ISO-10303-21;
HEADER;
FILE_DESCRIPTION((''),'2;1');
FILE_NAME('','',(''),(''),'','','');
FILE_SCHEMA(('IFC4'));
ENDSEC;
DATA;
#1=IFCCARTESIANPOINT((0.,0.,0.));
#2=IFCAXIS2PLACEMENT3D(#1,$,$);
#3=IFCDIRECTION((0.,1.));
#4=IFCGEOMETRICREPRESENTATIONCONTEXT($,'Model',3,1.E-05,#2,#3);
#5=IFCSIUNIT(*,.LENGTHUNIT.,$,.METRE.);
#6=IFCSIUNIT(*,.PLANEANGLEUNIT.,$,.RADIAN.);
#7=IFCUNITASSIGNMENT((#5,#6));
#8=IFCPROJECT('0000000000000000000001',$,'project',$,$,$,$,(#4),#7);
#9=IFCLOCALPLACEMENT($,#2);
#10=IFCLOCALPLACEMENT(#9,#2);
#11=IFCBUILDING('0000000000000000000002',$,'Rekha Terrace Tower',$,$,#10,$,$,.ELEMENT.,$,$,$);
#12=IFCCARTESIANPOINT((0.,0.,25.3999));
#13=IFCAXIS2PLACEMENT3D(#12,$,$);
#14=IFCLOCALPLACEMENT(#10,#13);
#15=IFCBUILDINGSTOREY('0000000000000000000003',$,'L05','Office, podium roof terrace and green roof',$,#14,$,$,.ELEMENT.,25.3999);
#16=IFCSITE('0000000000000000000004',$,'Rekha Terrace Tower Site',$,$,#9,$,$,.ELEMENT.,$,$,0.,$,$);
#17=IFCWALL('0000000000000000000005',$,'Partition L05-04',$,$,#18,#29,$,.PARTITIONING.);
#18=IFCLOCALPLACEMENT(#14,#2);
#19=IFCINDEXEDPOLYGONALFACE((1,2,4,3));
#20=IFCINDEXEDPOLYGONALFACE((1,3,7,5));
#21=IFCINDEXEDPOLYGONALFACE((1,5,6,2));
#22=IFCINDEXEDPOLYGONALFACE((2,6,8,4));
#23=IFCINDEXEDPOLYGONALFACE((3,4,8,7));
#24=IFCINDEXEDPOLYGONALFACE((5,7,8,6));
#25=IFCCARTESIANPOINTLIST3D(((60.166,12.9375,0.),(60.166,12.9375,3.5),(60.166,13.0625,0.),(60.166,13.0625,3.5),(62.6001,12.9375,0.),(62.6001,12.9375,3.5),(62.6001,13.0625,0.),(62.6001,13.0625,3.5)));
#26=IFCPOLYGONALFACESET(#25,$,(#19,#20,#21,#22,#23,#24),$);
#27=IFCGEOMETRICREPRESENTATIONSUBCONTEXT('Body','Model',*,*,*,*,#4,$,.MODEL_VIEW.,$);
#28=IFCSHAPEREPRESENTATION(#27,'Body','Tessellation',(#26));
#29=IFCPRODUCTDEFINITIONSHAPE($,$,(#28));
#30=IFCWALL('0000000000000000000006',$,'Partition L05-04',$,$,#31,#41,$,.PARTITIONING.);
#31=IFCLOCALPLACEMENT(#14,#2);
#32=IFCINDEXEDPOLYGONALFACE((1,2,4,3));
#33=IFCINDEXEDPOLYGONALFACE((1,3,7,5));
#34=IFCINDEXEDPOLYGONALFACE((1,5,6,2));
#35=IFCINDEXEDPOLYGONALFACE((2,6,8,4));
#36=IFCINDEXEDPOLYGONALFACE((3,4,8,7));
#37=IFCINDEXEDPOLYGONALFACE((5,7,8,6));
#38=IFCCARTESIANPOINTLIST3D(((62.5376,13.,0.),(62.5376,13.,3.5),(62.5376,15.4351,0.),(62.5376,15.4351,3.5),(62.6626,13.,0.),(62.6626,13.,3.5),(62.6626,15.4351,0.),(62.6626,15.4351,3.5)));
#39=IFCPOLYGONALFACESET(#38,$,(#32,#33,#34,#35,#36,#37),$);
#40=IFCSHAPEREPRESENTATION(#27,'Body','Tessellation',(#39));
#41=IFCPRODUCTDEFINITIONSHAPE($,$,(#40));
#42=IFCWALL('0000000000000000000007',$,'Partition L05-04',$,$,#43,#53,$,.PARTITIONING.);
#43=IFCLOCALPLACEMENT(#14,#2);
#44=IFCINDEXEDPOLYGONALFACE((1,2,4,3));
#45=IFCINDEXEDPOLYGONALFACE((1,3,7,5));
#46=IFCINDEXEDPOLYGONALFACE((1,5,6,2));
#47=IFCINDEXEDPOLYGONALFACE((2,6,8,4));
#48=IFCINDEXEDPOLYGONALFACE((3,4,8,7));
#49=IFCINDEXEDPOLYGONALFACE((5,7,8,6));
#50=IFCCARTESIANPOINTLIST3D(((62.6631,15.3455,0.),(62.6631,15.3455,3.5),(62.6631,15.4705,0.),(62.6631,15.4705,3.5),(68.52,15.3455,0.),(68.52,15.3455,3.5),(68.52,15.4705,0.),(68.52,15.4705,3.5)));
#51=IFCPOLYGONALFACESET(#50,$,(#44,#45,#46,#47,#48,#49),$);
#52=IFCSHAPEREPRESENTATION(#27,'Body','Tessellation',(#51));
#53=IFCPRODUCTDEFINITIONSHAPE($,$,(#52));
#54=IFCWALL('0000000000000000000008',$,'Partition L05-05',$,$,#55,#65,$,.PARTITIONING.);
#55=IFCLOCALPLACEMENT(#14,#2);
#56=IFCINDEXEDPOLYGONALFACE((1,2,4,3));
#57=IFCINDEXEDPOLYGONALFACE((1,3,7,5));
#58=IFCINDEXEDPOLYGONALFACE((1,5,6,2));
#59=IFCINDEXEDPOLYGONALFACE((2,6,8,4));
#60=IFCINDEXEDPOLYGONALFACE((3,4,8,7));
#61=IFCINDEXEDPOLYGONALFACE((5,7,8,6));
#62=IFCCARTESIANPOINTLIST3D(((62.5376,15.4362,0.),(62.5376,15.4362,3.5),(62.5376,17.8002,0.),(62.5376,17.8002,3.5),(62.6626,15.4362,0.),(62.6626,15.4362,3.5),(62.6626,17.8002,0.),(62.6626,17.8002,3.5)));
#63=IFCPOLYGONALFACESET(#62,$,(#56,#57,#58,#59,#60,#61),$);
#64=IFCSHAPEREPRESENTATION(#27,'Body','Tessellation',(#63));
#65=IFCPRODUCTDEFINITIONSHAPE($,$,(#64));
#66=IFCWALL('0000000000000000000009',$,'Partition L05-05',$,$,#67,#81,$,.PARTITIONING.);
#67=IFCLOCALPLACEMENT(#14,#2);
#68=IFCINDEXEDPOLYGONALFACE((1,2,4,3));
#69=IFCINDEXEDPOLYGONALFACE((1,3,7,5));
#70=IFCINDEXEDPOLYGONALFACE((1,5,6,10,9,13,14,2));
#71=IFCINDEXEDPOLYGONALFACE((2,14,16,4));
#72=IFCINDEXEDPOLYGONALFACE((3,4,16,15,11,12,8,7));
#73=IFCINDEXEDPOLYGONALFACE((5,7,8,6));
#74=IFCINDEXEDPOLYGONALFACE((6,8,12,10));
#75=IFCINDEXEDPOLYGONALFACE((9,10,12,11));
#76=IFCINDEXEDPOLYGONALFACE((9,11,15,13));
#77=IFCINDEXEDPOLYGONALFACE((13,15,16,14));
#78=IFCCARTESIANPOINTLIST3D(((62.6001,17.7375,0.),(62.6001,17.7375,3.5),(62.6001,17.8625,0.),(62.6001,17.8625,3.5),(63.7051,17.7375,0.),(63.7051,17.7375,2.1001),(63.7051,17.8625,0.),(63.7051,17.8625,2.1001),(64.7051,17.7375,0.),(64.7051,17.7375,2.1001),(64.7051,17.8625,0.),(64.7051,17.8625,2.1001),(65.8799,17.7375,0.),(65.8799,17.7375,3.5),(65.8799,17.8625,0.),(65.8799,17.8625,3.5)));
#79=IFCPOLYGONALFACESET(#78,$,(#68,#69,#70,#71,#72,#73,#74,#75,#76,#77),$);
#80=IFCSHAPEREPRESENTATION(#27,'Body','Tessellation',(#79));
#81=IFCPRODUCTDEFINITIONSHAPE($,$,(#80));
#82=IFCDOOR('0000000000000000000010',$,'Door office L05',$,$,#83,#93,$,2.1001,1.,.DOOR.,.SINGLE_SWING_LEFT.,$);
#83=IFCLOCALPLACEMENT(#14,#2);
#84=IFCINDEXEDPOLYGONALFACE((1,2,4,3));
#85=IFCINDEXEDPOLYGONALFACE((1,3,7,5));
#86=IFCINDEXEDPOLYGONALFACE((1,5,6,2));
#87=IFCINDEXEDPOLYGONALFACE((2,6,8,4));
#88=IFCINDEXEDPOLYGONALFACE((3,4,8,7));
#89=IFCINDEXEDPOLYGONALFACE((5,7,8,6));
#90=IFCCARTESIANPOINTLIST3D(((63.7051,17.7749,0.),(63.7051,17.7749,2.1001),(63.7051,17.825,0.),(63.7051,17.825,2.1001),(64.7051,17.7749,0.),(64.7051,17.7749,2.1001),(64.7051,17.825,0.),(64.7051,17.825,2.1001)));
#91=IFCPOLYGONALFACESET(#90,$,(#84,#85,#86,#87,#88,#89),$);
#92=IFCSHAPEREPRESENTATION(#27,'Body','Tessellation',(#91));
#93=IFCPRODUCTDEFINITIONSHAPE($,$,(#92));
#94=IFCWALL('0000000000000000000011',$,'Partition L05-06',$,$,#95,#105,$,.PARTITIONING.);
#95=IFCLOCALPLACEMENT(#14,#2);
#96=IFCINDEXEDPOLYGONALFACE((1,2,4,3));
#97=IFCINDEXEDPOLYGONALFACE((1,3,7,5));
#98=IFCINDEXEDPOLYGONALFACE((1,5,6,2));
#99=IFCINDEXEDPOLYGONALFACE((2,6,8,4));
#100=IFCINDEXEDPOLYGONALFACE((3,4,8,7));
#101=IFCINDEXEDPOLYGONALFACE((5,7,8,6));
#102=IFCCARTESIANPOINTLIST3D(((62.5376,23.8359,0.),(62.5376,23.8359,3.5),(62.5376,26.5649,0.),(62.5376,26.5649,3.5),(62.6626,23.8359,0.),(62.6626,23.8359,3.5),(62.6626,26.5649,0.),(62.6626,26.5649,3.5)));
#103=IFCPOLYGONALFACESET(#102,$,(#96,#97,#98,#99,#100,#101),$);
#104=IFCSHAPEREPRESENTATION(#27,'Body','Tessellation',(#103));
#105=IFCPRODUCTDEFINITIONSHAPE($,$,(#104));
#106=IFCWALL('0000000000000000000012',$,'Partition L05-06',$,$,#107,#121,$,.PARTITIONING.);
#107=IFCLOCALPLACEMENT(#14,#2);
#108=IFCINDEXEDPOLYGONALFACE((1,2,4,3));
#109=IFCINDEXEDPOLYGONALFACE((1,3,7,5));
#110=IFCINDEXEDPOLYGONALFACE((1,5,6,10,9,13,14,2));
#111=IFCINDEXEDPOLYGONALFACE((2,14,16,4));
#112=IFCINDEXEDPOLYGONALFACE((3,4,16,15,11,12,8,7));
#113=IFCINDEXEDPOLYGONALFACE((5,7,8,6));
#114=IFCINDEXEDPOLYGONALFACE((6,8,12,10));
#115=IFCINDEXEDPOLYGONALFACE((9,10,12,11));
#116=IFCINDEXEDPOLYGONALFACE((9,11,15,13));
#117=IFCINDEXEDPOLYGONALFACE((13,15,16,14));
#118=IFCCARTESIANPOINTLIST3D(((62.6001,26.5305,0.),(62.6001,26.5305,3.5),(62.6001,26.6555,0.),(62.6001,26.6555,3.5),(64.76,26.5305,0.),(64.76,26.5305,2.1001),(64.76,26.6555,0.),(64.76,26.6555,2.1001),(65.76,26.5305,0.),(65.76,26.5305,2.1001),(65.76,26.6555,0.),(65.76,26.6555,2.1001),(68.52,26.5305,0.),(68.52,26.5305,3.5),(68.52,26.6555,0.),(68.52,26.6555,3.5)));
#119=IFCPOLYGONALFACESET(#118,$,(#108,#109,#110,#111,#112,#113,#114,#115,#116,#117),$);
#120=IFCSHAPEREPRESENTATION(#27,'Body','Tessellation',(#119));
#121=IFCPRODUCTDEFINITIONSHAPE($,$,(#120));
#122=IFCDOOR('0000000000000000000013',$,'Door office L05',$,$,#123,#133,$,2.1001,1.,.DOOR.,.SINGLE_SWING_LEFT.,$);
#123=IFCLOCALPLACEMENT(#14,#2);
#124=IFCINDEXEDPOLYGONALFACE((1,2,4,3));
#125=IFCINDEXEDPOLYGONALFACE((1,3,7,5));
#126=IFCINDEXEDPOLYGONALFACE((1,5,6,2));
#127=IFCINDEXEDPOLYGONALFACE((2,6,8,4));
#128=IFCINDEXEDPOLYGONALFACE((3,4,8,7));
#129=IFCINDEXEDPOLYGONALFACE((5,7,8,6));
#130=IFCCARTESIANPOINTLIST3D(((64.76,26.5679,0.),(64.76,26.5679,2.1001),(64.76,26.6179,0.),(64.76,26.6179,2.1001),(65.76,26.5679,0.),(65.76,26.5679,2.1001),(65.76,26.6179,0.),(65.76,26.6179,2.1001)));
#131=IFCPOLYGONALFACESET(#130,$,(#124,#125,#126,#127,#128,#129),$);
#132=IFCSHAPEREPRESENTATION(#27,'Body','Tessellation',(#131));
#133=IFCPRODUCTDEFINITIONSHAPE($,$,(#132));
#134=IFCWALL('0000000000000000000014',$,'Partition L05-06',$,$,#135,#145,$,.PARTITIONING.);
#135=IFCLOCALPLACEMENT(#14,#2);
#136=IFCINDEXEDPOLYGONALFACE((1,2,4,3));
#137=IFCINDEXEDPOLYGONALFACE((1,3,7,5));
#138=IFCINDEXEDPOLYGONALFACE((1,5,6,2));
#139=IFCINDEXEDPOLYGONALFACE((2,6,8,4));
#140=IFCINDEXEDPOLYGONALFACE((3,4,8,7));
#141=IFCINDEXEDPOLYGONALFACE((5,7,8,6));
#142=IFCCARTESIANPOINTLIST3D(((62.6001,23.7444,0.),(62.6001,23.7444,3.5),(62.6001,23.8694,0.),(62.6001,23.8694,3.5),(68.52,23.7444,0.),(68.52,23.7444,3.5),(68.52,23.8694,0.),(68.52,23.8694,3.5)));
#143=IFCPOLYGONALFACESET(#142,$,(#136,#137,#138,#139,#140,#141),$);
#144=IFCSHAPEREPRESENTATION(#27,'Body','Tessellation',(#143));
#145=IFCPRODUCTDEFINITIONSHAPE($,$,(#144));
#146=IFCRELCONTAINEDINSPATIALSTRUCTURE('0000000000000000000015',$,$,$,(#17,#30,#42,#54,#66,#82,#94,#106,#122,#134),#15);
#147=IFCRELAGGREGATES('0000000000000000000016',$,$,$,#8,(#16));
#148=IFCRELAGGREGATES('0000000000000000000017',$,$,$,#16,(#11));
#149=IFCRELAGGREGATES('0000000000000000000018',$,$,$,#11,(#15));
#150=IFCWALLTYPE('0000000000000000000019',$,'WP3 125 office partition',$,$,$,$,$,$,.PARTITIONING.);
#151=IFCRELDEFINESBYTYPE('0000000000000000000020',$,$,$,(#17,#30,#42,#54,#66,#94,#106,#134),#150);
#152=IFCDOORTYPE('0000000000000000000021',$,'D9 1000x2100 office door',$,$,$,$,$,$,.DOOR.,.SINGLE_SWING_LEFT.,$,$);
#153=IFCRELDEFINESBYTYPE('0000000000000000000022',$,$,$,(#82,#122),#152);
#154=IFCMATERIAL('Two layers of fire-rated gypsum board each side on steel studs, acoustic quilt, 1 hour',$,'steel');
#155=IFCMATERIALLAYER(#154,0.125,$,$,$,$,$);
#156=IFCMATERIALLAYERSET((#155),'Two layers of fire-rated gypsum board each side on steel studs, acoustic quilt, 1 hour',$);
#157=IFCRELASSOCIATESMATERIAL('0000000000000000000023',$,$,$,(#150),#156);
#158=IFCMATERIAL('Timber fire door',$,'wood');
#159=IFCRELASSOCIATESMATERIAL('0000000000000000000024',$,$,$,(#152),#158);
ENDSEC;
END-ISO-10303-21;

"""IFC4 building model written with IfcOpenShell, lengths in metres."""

from ifc_helpers import new_model, si_unit, direction, frame, frame_2d, origin, place, context, subcontext, project, spatial, rectangle, extrude, material, layer, layer_set, type_object, element, fill, save


model = new_model("IFC4")

# Units and contexts
model_context = context("Model", 3, precision=1e-05, world=origin(), true_north=direction((0.0, 1.0)))
body_context = subcontext(model_context, "Body", "Model", "MODEL_VIEW")
ifc_project = project(units=[si_unit("LENGTHUNIT", "METRE"), si_unit("PLANEANGLEUNIT", "RADIAN")], contexts=[model_context])

# Site, building, storey
site_placement = place(None, origin())
site = spatial("IfcSite", under=ifc_project, at=site_placement, Name="Rekha Terrace Tower Site", CompositionType="ELEMENT", RefElevation=0.0)
building_placement = place(site_placement, origin())
building = spatial("IfcBuilding", under=site, at=building_placement, Name="Rekha Terrace Tower", CompositionType="ELEMENT")
storey_placement = place(building_placement, frame((0.0, 0.0, 25.3999)))
storey = spatial("IfcBuildingStorey", under=building, at=storey_placement, Name="L05", Description="Office, podium roof terrace and green roof", CompositionType="ELEMENT", Elevation=25.3999)

# Walls
ifc_material_1 = material(Name="Two layers of fire-rated gypsum board each side on steel studs, acoustic quilt, 1 hour", Category="steel")
ifc_layer_1 = layer(ifc_material_1, 0.125)
ifc_layer_set_1 = layer_set([ifc_layer_1], Name="Two layers of fire-rated gypsum board each side on steel studs, acoustic quilt, 1 hour")
wall_type_1 = type_object("IfcWallType", Name="WP3 125 office partition", PredefinedType="PARTITIONING", material=ifc_layer_set_1)
wall_1_placement = place(storey_placement, frame((60.166, 13.0, 0.0), z_axis=(0.0, 0.0, 1.0), x_axis=(1.0, 0.0, 0.0)))
element("IfcWall", 1, at=wall_1_placement, inside=storey, type_object=wall_type_1, Name="Partition L05-04", PredefinedType="PARTITIONING", context=body_context, shape_type="SweptSolid", body=[
    extrude(rectangle(XDim=2.4341, YDim=0.125, at=frame_2d((1.217, 0.0))), origin(), (0.0, 0.0, 1.0), 3.5),
])
wall_2_placement = place(storey_placement, frame((62.6001, 13.0, 0.0), z_axis=(0.0, 0.0, 1.0), x_axis=(0.0, 1.0, 0.0)))
element("IfcWall", 2, at=wall_2_placement, inside=storey, type_object=wall_type_1, Name="Partition L05-04", PredefinedType="PARTITIONING", context=body_context, shape_type="SweptSolid", body=[
    extrude(rectangle(XDim=2.4351, YDim=0.125, at=frame_2d((1.2175, 0.0))), origin(), (0.0, 0.0, 1.0), 3.5),
])
wall_3_placement = place(storey_placement, frame((62.6631, 15.408, 0.0), z_axis=(0.0, 0.0, 1.0), x_axis=(1.0, 0.0, 0.0)))
element("IfcWall", 3, at=wall_3_placement, inside=storey, type_object=wall_type_1, Name="Partition L05-04", PredefinedType="PARTITIONING", context=body_context, shape_type="SweptSolid", body=[
    extrude(rectangle(XDim=5.8569, YDim=0.125, at=frame_2d((2.9285, 0.0))), origin(), (0.0, 0.0, 1.0), 3.5),
])
wall_4_placement = place(storey_placement, frame((62.6001, 15.436, 0.0), z_axis=(0.0, 0.0, 1.0), x_axis=(0.0, 1.0, 0.0)))
element("IfcWall", 4, at=wall_4_placement, inside=storey, type_object=wall_type_1, Name="Partition L05-05", PredefinedType="PARTITIONING", context=body_context, shape_type="SweptSolid", body=[
    extrude(rectangle(XDim=2.364, YDim=0.125, at=frame_2d((1.1821, 0.0))), origin(), (0.0, 0.0, 1.0), 3.5),
])

# Wall, opening, door
wall_5_placement = place(storey_placement, frame((62.6001, 17.8, 0.0), z_axis=(0.0, 0.0, 1.0), x_axis=(1.0, 0.0, 0.0)))
wall_5 = element("IfcWall", 5, at=wall_5_placement, inside=storey, type_object=wall_type_1, Name="Partition L05-05", PredefinedType="PARTITIONING", context=body_context, shape_type="SweptSolid", body=[
    extrude(rectangle(XDim=3.2798, YDim=0.125, at=frame_2d((1.6399, 0.0))), origin(), (0.0, 0.0, 1.0), 3.5),
])
opening_1_placement = place(wall_5_placement, frame((1.105, 0.0, 0.0)))
opening_1 = element("IfcOpeningElement", 6, at=opening_1_placement, cuts=wall_5, PredefinedType="OPENING", context=body_context, shape_type="SweptSolid", body=[
    extrude(rectangle(XDim=1.0, YDim=2.1001, at=frame_2d((0.5, 1.05))), frame((0.0, 0.0725, 0.0), z_axis=(0.0, -1.0, 0.0), x_axis=(1.0, 0.0, 0.0)), (0.0, 0.0, 1.0), 0.145),
])
ifc_material_2 = material(Name="Timber fire door", Category="wood")
door_type_1 = type_object("IfcDoorType", Name="D9 1000x2100 office door", OperationType="SINGLE_SWING_LEFT", PredefinedType="DOOR", material=ifc_material_2)
door_1_placement = place(opening_1_placement, origin())
door_1 = element("IfcDoor", 7, at=door_1_placement, inside=storey, type_object=door_type_1, Name="Door office L05", OperationType="SINGLE_SWING_LEFT", OverallHeight=2.1001, OverallWidth=1.0, PredefinedType="DOOR", context=body_context, shape_type="SweptSolid", body=[
    extrude(rectangle(XDim=1.0, YDim=2.1001, at=frame_2d((0.5, 1.05))), frame((0.0, 0.0249, 0.0), z_axis=(0.0, -1.0, 0.0), x_axis=(1.0, 0.0, 0.0)), (0.0, 0.0, 1.0), 0.05),
])
fill(opening_1, door_1)

# Wall
wall_6_placement = place(storey_placement, frame((62.6001, 23.8359, 0.0), z_axis=(0.0, 0.0, 1.0), x_axis=(0.0, 1.0, 0.0)))
element("IfcWall", 8, at=wall_6_placement, inside=storey, type_object=wall_type_1, Name="Partition L05-06", PredefinedType="PARTITIONING", context=body_context, shape_type="SweptSolid", body=[
    extrude(rectangle(XDim=2.729, YDim=0.125, at=frame_2d((1.3645, 0.0))), origin(), (0.0, 0.0, 1.0), 3.5),
])

# Wall, opening, door
wall_7_placement = place(storey_placement, frame((62.6001, 26.593, 0.0), z_axis=(0.0, 0.0, 1.0), x_axis=(1.0, 0.0, 0.0)))
wall_7 = element("IfcWall", 9, at=wall_7_placement, inside=storey, type_object=wall_type_1, Name="Partition L05-06", PredefinedType="PARTITIONING", context=body_context, shape_type="SweptSolid", body=[
    extrude(rectangle(XDim=5.9199, YDim=0.125, at=frame_2d((2.96, 0.0))), origin(), (0.0, 0.0, 1.0), 3.5),
])
opening_2_placement = place(wall_7_placement, frame((2.1599, 0.0, 0.0)))
opening_2 = element("IfcOpeningElement", 10, at=opening_2_placement, cuts=wall_7, PredefinedType="OPENING", context=body_context, shape_type="SweptSolid", body=[
    extrude(rectangle(XDim=1.0, YDim=2.1001, at=frame_2d((0.5, 1.05))), frame((0.0, 0.0725, 0.0), z_axis=(0.0, -1.0, 0.0), x_axis=(1.0, 0.0, 0.0)), (0.0, 0.0, 1.0), 0.145),
])
door_2_placement = place(opening_2_placement, origin())
door_2 = element("IfcDoor", 11, at=door_2_placement, inside=storey, type_object=door_type_1, Name="Door office L05", OperationType="SINGLE_SWING_LEFT", OverallHeight=2.1001, OverallWidth=1.0, PredefinedType="DOOR", context=body_context, shape_type="SweptSolid", body=[
    extrude(rectangle(XDim=1.0, YDim=2.1001, at=frame_2d((0.5, 1.05))), frame((0.0, 0.0249, 0.0), z_axis=(0.0, -1.0, 0.0), x_axis=(1.0, 0.0, 0.0)), (0.0, 0.0, 1.0), 0.05),
])
fill(opening_2, door_2)

# Wall
wall_8_placement = place(storey_placement, frame((68.52, 23.8069, 0.0), z_axis=(0.0, 0.0, 1.0), x_axis=(-1.0, 0.0, 0.0)))
element("IfcWall", 12, at=wall_8_placement, inside=storey, type_object=wall_type_1, Name="Partition L05-06", PredefinedType="PARTITIONING", context=body_context, shape_type="SweptSolid", body=[
    extrude(rectangle(XDim=5.9199, YDim=0.125, at=frame_2d((2.96, 0.0))), origin(), (0.0, 0.0, 1.0), 3.5),
])

save(model, "model.ifc")
